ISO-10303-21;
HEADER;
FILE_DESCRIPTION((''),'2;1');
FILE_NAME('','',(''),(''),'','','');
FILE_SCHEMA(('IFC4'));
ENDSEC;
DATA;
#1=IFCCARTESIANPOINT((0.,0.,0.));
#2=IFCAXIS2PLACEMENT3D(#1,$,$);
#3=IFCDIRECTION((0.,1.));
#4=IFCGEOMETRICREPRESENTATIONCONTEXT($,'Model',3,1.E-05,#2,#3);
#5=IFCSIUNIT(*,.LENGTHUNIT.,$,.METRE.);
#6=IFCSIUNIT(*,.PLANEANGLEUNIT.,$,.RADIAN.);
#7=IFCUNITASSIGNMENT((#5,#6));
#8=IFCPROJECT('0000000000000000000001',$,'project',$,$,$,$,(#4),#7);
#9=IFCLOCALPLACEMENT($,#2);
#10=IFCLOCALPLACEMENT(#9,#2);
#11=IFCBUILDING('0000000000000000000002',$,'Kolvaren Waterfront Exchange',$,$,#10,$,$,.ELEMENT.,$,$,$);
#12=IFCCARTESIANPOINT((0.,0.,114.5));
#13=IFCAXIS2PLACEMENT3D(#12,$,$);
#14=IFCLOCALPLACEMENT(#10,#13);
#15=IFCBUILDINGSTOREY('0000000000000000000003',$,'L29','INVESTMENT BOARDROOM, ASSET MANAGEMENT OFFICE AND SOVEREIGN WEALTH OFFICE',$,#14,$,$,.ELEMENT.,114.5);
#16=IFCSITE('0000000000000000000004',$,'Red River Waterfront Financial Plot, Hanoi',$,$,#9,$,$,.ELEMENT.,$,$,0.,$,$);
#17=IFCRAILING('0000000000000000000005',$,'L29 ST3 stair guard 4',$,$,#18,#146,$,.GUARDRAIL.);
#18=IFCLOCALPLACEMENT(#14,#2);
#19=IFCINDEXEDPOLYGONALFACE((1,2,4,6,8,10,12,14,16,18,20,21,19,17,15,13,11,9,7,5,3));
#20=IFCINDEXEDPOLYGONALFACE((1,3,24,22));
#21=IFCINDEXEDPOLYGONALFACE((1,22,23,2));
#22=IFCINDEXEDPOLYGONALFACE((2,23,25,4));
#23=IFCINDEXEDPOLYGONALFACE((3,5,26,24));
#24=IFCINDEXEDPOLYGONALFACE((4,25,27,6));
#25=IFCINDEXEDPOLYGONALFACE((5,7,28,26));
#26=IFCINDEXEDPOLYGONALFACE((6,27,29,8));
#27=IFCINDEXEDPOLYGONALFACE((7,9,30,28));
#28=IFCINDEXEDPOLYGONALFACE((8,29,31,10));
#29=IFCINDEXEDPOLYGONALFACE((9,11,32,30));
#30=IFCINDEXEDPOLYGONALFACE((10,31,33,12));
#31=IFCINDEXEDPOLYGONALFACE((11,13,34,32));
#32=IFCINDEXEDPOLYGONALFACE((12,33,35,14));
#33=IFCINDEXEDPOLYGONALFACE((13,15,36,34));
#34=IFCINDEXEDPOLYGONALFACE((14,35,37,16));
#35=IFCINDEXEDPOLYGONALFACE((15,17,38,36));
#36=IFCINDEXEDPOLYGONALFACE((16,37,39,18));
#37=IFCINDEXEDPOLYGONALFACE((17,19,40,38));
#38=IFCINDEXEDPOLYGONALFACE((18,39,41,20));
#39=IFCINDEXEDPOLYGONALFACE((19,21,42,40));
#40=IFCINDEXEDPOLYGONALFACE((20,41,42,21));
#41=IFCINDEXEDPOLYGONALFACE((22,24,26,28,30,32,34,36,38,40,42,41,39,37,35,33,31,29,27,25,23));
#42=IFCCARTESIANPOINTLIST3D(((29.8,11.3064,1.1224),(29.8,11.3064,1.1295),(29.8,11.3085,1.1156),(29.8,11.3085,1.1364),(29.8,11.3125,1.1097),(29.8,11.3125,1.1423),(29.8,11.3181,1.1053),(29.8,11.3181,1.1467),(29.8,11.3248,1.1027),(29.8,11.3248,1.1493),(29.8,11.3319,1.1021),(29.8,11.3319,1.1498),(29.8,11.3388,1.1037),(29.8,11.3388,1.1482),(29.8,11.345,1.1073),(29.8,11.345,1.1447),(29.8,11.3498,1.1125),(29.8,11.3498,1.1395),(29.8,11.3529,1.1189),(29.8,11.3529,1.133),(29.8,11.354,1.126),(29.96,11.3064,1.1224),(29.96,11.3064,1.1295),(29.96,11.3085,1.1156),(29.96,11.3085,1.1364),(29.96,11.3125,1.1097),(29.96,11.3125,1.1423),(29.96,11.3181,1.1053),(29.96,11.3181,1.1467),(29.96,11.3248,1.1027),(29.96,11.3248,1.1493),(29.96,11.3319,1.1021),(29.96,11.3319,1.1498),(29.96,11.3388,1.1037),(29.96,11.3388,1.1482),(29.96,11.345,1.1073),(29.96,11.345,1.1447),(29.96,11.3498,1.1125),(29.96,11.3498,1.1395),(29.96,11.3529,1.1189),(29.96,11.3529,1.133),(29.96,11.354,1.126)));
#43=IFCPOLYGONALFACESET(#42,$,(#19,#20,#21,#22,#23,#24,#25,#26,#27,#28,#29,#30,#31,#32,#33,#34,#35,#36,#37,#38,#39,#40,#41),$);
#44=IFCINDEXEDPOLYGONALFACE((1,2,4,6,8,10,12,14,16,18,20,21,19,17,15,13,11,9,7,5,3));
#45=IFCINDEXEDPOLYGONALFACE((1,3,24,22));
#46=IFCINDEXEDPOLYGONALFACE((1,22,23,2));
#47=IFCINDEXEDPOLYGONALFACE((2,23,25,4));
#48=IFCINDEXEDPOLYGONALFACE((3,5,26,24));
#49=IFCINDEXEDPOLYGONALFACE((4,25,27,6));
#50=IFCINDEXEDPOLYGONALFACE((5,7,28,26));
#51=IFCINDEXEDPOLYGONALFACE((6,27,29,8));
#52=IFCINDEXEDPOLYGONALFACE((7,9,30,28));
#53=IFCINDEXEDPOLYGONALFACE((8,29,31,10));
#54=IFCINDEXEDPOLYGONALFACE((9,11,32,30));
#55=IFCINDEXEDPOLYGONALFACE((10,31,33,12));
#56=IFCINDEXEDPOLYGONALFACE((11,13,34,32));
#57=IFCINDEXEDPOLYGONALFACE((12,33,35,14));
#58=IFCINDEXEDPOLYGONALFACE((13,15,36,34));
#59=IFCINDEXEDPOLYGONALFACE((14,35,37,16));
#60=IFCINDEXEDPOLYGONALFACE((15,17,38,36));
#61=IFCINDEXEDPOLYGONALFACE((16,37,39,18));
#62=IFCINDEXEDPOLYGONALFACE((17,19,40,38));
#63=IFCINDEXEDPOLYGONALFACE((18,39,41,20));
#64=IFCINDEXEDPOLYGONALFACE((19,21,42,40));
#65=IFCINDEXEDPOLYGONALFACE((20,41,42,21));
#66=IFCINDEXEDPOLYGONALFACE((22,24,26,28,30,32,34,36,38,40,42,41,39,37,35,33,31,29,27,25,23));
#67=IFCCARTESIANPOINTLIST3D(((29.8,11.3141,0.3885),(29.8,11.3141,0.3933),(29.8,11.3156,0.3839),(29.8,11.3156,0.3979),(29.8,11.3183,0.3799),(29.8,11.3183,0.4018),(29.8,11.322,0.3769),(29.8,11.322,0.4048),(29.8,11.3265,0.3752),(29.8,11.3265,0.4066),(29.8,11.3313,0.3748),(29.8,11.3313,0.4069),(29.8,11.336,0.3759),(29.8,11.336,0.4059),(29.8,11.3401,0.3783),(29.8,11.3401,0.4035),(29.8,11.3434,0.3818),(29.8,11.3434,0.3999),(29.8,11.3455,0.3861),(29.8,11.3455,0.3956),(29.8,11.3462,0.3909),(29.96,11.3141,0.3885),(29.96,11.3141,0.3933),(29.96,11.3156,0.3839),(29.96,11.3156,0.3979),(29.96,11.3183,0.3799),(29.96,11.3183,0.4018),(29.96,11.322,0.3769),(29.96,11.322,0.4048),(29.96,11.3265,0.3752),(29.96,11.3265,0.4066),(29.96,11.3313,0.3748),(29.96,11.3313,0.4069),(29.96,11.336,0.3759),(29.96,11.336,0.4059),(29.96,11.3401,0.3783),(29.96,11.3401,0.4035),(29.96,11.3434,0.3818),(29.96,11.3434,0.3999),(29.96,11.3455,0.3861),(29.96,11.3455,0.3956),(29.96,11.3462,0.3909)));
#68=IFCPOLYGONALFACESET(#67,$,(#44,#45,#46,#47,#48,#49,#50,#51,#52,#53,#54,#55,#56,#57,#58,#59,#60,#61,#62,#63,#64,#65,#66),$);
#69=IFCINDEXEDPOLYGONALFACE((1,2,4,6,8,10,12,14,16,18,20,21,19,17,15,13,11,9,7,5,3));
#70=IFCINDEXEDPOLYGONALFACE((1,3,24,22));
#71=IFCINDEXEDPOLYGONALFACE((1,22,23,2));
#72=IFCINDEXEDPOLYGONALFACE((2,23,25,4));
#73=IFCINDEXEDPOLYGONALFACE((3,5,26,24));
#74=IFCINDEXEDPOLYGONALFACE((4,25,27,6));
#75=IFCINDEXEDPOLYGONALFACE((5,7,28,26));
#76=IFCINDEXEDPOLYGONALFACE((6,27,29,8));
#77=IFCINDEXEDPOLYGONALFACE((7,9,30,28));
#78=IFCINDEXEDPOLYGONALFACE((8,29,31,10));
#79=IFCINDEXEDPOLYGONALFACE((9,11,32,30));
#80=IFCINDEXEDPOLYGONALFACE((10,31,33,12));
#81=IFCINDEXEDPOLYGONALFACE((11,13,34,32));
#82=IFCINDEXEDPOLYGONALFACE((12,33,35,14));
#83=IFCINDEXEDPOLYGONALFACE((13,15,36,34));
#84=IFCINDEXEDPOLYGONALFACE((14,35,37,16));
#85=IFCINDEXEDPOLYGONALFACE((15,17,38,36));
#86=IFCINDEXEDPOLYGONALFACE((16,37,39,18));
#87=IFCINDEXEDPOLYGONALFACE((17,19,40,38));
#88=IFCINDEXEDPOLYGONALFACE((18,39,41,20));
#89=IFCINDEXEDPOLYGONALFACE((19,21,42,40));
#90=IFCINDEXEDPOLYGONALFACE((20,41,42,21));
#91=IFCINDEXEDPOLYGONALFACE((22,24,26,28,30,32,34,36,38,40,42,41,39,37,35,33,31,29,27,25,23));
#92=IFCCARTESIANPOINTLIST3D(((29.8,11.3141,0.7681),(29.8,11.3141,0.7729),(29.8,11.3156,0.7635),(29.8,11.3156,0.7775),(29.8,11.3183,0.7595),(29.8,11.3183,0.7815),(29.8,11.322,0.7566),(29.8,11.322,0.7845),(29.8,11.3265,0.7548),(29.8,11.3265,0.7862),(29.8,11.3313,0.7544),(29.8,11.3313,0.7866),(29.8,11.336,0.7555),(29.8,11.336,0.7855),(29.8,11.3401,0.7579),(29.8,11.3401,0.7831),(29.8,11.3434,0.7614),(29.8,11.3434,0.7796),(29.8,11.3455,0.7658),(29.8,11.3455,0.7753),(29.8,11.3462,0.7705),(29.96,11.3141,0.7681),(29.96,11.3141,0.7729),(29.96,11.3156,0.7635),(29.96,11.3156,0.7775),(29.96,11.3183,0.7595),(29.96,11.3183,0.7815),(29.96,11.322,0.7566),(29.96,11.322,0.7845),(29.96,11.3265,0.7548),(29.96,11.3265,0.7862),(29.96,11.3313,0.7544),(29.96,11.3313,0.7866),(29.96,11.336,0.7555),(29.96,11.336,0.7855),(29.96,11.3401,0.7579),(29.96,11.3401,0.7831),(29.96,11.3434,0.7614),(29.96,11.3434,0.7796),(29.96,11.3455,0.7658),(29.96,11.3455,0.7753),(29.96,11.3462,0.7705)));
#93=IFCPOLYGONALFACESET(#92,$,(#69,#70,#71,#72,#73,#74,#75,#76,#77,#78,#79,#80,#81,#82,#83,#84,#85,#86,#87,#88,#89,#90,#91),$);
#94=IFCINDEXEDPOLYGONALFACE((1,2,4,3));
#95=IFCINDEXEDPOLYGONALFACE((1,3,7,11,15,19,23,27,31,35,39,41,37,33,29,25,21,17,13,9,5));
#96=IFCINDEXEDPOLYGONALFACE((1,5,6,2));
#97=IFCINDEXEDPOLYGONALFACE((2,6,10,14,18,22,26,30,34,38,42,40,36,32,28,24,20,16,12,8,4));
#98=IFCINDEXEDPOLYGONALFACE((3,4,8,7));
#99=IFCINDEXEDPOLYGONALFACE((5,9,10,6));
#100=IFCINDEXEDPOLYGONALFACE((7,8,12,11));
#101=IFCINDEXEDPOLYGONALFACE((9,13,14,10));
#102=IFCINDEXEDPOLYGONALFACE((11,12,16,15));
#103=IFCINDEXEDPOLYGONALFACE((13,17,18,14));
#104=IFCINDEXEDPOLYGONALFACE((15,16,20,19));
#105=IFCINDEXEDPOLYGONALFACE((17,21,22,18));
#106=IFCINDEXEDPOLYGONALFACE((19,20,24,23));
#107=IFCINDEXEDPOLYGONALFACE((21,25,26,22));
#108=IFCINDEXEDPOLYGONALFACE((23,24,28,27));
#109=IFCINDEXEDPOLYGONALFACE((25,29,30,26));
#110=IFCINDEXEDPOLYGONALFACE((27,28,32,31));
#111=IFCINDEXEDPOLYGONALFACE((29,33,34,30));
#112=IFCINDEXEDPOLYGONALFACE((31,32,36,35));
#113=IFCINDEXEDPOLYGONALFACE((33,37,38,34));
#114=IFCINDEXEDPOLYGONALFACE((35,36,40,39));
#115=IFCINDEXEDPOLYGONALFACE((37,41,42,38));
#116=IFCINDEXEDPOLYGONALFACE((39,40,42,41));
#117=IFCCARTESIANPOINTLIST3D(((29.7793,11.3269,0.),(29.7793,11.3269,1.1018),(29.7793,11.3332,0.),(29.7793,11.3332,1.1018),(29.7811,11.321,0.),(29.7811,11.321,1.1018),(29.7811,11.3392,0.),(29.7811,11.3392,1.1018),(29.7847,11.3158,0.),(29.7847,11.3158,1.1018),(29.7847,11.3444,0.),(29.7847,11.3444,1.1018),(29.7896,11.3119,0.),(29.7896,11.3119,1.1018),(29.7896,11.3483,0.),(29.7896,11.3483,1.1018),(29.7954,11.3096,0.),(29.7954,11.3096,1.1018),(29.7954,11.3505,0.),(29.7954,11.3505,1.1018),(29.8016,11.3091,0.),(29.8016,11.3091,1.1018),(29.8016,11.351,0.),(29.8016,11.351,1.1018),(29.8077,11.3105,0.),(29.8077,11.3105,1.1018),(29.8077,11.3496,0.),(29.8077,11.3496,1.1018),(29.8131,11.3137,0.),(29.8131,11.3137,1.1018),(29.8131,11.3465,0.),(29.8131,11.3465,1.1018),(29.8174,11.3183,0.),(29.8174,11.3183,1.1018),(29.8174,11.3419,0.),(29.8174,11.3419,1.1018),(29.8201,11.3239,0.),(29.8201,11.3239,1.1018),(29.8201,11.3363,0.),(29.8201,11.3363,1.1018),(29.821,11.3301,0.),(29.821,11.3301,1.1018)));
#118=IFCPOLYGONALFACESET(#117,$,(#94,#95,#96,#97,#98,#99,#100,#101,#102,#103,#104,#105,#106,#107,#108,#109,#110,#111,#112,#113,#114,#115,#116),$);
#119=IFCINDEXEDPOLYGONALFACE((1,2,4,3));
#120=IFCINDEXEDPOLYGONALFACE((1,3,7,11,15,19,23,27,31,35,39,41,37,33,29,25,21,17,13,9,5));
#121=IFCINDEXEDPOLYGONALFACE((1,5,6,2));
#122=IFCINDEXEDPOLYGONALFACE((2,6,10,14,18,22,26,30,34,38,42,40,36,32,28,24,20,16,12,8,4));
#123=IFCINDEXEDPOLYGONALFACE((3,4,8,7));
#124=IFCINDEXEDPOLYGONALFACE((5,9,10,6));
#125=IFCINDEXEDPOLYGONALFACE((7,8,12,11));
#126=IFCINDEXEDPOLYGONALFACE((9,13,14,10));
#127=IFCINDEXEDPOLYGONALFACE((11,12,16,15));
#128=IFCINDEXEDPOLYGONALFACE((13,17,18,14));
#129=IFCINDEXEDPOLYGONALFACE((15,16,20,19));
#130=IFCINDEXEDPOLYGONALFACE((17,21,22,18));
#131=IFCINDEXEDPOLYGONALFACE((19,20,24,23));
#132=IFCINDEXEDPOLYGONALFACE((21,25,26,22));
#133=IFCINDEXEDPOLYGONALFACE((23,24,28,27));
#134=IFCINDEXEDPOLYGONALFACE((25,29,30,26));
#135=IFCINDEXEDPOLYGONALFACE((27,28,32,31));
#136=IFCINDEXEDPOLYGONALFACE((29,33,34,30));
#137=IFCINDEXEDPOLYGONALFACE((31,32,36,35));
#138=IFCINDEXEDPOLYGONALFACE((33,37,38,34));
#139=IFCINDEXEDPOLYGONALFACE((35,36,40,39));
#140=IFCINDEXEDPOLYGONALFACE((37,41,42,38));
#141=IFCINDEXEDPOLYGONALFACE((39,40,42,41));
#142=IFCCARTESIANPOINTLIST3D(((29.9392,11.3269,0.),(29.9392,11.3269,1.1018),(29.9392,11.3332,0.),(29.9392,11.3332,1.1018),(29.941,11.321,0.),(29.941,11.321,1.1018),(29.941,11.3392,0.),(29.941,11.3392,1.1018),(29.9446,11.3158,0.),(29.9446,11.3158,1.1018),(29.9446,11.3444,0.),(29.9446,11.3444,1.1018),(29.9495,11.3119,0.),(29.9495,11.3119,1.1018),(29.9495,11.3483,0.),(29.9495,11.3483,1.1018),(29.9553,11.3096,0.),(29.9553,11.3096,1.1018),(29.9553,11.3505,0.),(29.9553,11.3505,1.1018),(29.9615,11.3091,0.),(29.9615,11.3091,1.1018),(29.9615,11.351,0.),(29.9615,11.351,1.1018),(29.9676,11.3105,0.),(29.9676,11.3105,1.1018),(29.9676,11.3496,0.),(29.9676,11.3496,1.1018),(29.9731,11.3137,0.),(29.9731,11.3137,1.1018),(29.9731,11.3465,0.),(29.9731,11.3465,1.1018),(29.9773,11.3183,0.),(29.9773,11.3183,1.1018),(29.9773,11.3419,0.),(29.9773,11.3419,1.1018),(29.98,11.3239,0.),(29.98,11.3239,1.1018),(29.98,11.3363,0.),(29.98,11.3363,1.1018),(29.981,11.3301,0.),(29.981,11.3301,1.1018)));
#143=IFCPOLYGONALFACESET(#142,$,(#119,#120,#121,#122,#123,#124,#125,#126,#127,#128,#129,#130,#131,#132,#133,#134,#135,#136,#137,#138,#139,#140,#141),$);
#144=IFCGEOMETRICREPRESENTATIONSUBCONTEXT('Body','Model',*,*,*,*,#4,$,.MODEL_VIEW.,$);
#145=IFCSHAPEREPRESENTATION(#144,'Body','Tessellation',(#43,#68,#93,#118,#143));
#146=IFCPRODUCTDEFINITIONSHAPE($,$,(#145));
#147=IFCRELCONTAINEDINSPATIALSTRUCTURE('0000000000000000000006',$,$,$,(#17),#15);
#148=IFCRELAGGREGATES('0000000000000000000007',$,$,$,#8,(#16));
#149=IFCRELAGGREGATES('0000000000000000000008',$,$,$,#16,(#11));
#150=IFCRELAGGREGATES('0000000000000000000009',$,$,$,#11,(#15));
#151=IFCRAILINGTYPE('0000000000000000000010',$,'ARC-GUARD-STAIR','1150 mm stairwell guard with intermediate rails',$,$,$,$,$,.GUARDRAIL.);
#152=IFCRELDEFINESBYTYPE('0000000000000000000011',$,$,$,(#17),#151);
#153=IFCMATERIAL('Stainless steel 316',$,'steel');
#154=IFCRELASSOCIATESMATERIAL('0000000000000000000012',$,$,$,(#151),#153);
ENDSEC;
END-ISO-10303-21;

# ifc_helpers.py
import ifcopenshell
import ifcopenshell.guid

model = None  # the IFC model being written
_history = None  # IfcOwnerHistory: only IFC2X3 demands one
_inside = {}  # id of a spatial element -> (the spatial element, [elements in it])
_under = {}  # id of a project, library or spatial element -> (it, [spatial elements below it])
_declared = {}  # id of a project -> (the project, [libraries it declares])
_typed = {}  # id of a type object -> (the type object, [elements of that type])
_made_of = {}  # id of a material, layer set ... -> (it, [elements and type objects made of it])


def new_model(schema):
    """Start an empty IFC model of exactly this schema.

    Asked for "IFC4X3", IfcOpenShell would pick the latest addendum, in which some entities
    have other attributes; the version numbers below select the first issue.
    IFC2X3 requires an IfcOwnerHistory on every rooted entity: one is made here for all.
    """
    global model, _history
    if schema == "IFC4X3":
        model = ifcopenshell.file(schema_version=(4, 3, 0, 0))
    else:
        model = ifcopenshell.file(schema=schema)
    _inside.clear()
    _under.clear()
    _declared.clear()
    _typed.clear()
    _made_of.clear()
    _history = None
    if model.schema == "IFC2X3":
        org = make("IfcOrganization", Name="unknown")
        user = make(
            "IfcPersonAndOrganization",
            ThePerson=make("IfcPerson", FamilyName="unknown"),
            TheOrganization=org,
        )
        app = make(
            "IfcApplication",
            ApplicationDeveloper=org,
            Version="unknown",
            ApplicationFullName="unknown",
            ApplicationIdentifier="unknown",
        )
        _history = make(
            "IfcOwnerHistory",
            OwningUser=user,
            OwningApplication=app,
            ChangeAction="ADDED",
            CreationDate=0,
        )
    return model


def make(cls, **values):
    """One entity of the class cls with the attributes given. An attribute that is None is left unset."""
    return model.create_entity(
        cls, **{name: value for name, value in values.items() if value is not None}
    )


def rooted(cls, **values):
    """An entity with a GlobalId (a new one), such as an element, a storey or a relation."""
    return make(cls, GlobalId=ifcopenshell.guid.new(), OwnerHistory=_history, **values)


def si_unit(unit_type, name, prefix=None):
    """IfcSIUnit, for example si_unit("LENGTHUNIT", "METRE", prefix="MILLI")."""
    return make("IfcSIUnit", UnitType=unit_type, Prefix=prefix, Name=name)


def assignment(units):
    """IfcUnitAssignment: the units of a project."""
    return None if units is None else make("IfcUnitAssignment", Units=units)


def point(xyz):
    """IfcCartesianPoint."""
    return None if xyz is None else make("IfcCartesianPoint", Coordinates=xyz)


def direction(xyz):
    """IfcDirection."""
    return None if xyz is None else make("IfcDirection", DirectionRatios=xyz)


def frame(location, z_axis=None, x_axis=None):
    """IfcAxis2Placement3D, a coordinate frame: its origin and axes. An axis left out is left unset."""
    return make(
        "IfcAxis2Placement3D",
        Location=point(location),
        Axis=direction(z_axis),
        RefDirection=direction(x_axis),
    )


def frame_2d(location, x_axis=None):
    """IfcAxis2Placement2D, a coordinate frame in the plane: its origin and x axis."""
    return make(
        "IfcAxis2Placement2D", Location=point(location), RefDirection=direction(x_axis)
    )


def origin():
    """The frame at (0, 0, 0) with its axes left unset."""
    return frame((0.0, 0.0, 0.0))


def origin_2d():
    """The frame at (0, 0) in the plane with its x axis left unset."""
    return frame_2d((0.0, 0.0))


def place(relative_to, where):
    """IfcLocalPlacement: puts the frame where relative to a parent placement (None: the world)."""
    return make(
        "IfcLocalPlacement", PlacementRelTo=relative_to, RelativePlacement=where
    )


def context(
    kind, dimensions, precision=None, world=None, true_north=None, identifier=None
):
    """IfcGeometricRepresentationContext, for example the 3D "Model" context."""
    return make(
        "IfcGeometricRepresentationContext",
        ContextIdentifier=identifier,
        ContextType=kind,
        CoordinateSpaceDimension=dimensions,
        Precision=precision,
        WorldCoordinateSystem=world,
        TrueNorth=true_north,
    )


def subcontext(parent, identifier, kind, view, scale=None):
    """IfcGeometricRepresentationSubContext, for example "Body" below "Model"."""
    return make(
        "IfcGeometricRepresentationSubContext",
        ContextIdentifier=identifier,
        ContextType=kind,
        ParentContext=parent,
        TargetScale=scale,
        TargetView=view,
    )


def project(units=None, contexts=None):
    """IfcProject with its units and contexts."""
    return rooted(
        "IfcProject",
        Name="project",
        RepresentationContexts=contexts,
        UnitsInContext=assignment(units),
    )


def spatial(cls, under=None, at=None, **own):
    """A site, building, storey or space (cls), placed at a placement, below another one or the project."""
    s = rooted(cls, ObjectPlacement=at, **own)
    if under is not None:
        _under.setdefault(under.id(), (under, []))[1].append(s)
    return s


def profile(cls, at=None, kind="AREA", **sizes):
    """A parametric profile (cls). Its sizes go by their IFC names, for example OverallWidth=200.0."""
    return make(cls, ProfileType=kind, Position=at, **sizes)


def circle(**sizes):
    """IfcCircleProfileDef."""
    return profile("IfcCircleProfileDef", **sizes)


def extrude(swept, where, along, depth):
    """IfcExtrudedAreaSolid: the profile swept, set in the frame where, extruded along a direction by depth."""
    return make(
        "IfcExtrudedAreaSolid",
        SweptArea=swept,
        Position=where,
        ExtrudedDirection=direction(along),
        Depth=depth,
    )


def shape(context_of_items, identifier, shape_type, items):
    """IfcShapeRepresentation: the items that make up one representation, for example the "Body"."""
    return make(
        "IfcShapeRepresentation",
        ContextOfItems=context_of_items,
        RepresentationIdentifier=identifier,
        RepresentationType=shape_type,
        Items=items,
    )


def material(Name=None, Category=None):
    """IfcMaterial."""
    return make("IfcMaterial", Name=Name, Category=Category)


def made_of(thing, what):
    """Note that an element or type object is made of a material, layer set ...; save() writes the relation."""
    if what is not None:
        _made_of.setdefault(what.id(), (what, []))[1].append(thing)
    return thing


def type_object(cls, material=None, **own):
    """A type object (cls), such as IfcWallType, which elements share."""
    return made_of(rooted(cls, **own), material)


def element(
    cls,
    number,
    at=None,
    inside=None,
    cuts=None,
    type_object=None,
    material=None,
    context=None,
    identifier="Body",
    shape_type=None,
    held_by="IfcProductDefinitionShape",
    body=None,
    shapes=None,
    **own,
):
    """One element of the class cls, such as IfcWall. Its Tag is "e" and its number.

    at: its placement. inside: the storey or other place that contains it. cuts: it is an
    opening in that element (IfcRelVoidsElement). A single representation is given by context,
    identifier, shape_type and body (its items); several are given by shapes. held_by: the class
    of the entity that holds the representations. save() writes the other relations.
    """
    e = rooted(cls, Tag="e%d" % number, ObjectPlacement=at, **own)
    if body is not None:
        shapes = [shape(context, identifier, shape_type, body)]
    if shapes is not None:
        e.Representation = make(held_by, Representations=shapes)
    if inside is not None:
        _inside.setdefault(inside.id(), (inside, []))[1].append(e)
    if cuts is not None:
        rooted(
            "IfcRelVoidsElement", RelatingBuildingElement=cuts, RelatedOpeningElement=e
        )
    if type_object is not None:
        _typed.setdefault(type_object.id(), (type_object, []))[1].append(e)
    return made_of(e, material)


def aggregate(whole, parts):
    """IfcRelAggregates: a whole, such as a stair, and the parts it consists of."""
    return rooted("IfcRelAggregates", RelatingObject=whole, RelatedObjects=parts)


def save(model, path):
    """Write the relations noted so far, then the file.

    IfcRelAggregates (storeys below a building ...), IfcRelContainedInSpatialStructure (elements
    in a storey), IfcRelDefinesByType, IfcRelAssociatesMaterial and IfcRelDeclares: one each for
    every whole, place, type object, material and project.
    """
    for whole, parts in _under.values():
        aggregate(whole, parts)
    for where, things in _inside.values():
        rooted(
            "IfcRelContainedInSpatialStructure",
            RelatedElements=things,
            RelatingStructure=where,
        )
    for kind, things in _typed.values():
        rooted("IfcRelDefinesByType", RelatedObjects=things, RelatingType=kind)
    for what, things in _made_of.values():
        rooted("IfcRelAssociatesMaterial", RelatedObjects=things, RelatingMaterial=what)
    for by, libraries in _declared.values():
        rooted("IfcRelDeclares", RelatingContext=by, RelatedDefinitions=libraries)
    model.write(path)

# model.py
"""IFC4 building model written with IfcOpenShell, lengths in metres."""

from ifc_helpers import new_model, si_unit, direction, frame, origin, origin_2d, place, context, subcontext, project, spatial, circle, extrude, material, type_object, element, save


model = new_model("IFC4")

# Units and contexts
model_context = context("Model", 3, precision=1e-05, world=origin(), true_north=direction((0.0, 1.0)))
body_context = subcontext(model_context, "Body", "Model", "MODEL_VIEW")
ifc_project = project(units=[si_unit("LENGTHUNIT", "METRE"), si_unit("PLANEANGLEUNIT", "RADIAN")], contexts=[model_context])

# Site, building, storey
site_placement = place(None, origin())
site = spatial("IfcSite", under=ifc_project, at=site_placement, Name="Red River Waterfront Financial Plot, Hanoi", CompositionType="ELEMENT", RefElevation=0.0)
building_placement = place(site_placement, origin())
building = spatial("IfcBuilding", under=site, at=building_placement, Name="Kolvaren Waterfront Exchange", CompositionType="ELEMENT")
storey_placement = place(building_placement, frame((0.0, 0.0, 114.5)))
storey = spatial("IfcBuildingStorey", under=building, at=storey_placement, Name="L29", Description="INVESTMENT BOARDROOM, ASSET MANAGEMENT OFFICE AND SOVEREIGN WEALTH OFFICE", CompositionType="ELEMENT", Elevation=114.5)

# Railing
ifc_material_1 = material(Name="Stainless steel 316", Category="steel")
railing_type_1 = type_object("IfcRailingType", Name="ARC-GUARD-STAIR", Description="1150 mm stairwell guard with intermediate rails", PredefinedType="GUARDRAIL", material=ifc_material_1)
railing_1_placement = place(storey_placement, frame((29.8, 11.3301, 0.0)))
element("IfcRailing", 1, at=railing_1_placement, inside=storey, type_object=railing_type_1, Name="L29 ST3 stair guard 4", PredefinedType="GUARDRAIL", context=body_context, shape_type="SweptSolid", body=[
    extrude(circle(Radius=0.0239, at=origin_2d()), frame((0.0, 0.0, 1.126), z_axis=(1.0, 0.0, 0.0), x_axis=(0.0, 1.0, 0.0)), (0.0, 0.0, 1.0), 0.1599),
    extrude(circle(Radius=0.0161, at=origin_2d()), frame((0.0, 0.0, 0.3909), z_axis=(1.0, 0.0, 0.0), x_axis=(0.0, 1.0, 0.0)), (0.0, 0.0, 1.0), 0.1599),
    extrude(circle(Radius=0.0161, at=origin_2d()), frame((0.0, 0.0, 0.7705), z_axis=(1.0, 0.0, 0.0), x_axis=(0.0, 1.0, 0.0)), (0.0, 0.0, 1.0), 0.1599),
    extrude(circle(Radius=0.021, at=origin_2d()), origin(), (0.0, 0.0, 1.0), 1.1018),
    extrude(circle(Radius=0.021, at=origin_2d()), frame((0.1599, 0.0, 0.0)), (0.0, 0.0, 1.0), 1.1018),
])

save(model, "model.ifc")
